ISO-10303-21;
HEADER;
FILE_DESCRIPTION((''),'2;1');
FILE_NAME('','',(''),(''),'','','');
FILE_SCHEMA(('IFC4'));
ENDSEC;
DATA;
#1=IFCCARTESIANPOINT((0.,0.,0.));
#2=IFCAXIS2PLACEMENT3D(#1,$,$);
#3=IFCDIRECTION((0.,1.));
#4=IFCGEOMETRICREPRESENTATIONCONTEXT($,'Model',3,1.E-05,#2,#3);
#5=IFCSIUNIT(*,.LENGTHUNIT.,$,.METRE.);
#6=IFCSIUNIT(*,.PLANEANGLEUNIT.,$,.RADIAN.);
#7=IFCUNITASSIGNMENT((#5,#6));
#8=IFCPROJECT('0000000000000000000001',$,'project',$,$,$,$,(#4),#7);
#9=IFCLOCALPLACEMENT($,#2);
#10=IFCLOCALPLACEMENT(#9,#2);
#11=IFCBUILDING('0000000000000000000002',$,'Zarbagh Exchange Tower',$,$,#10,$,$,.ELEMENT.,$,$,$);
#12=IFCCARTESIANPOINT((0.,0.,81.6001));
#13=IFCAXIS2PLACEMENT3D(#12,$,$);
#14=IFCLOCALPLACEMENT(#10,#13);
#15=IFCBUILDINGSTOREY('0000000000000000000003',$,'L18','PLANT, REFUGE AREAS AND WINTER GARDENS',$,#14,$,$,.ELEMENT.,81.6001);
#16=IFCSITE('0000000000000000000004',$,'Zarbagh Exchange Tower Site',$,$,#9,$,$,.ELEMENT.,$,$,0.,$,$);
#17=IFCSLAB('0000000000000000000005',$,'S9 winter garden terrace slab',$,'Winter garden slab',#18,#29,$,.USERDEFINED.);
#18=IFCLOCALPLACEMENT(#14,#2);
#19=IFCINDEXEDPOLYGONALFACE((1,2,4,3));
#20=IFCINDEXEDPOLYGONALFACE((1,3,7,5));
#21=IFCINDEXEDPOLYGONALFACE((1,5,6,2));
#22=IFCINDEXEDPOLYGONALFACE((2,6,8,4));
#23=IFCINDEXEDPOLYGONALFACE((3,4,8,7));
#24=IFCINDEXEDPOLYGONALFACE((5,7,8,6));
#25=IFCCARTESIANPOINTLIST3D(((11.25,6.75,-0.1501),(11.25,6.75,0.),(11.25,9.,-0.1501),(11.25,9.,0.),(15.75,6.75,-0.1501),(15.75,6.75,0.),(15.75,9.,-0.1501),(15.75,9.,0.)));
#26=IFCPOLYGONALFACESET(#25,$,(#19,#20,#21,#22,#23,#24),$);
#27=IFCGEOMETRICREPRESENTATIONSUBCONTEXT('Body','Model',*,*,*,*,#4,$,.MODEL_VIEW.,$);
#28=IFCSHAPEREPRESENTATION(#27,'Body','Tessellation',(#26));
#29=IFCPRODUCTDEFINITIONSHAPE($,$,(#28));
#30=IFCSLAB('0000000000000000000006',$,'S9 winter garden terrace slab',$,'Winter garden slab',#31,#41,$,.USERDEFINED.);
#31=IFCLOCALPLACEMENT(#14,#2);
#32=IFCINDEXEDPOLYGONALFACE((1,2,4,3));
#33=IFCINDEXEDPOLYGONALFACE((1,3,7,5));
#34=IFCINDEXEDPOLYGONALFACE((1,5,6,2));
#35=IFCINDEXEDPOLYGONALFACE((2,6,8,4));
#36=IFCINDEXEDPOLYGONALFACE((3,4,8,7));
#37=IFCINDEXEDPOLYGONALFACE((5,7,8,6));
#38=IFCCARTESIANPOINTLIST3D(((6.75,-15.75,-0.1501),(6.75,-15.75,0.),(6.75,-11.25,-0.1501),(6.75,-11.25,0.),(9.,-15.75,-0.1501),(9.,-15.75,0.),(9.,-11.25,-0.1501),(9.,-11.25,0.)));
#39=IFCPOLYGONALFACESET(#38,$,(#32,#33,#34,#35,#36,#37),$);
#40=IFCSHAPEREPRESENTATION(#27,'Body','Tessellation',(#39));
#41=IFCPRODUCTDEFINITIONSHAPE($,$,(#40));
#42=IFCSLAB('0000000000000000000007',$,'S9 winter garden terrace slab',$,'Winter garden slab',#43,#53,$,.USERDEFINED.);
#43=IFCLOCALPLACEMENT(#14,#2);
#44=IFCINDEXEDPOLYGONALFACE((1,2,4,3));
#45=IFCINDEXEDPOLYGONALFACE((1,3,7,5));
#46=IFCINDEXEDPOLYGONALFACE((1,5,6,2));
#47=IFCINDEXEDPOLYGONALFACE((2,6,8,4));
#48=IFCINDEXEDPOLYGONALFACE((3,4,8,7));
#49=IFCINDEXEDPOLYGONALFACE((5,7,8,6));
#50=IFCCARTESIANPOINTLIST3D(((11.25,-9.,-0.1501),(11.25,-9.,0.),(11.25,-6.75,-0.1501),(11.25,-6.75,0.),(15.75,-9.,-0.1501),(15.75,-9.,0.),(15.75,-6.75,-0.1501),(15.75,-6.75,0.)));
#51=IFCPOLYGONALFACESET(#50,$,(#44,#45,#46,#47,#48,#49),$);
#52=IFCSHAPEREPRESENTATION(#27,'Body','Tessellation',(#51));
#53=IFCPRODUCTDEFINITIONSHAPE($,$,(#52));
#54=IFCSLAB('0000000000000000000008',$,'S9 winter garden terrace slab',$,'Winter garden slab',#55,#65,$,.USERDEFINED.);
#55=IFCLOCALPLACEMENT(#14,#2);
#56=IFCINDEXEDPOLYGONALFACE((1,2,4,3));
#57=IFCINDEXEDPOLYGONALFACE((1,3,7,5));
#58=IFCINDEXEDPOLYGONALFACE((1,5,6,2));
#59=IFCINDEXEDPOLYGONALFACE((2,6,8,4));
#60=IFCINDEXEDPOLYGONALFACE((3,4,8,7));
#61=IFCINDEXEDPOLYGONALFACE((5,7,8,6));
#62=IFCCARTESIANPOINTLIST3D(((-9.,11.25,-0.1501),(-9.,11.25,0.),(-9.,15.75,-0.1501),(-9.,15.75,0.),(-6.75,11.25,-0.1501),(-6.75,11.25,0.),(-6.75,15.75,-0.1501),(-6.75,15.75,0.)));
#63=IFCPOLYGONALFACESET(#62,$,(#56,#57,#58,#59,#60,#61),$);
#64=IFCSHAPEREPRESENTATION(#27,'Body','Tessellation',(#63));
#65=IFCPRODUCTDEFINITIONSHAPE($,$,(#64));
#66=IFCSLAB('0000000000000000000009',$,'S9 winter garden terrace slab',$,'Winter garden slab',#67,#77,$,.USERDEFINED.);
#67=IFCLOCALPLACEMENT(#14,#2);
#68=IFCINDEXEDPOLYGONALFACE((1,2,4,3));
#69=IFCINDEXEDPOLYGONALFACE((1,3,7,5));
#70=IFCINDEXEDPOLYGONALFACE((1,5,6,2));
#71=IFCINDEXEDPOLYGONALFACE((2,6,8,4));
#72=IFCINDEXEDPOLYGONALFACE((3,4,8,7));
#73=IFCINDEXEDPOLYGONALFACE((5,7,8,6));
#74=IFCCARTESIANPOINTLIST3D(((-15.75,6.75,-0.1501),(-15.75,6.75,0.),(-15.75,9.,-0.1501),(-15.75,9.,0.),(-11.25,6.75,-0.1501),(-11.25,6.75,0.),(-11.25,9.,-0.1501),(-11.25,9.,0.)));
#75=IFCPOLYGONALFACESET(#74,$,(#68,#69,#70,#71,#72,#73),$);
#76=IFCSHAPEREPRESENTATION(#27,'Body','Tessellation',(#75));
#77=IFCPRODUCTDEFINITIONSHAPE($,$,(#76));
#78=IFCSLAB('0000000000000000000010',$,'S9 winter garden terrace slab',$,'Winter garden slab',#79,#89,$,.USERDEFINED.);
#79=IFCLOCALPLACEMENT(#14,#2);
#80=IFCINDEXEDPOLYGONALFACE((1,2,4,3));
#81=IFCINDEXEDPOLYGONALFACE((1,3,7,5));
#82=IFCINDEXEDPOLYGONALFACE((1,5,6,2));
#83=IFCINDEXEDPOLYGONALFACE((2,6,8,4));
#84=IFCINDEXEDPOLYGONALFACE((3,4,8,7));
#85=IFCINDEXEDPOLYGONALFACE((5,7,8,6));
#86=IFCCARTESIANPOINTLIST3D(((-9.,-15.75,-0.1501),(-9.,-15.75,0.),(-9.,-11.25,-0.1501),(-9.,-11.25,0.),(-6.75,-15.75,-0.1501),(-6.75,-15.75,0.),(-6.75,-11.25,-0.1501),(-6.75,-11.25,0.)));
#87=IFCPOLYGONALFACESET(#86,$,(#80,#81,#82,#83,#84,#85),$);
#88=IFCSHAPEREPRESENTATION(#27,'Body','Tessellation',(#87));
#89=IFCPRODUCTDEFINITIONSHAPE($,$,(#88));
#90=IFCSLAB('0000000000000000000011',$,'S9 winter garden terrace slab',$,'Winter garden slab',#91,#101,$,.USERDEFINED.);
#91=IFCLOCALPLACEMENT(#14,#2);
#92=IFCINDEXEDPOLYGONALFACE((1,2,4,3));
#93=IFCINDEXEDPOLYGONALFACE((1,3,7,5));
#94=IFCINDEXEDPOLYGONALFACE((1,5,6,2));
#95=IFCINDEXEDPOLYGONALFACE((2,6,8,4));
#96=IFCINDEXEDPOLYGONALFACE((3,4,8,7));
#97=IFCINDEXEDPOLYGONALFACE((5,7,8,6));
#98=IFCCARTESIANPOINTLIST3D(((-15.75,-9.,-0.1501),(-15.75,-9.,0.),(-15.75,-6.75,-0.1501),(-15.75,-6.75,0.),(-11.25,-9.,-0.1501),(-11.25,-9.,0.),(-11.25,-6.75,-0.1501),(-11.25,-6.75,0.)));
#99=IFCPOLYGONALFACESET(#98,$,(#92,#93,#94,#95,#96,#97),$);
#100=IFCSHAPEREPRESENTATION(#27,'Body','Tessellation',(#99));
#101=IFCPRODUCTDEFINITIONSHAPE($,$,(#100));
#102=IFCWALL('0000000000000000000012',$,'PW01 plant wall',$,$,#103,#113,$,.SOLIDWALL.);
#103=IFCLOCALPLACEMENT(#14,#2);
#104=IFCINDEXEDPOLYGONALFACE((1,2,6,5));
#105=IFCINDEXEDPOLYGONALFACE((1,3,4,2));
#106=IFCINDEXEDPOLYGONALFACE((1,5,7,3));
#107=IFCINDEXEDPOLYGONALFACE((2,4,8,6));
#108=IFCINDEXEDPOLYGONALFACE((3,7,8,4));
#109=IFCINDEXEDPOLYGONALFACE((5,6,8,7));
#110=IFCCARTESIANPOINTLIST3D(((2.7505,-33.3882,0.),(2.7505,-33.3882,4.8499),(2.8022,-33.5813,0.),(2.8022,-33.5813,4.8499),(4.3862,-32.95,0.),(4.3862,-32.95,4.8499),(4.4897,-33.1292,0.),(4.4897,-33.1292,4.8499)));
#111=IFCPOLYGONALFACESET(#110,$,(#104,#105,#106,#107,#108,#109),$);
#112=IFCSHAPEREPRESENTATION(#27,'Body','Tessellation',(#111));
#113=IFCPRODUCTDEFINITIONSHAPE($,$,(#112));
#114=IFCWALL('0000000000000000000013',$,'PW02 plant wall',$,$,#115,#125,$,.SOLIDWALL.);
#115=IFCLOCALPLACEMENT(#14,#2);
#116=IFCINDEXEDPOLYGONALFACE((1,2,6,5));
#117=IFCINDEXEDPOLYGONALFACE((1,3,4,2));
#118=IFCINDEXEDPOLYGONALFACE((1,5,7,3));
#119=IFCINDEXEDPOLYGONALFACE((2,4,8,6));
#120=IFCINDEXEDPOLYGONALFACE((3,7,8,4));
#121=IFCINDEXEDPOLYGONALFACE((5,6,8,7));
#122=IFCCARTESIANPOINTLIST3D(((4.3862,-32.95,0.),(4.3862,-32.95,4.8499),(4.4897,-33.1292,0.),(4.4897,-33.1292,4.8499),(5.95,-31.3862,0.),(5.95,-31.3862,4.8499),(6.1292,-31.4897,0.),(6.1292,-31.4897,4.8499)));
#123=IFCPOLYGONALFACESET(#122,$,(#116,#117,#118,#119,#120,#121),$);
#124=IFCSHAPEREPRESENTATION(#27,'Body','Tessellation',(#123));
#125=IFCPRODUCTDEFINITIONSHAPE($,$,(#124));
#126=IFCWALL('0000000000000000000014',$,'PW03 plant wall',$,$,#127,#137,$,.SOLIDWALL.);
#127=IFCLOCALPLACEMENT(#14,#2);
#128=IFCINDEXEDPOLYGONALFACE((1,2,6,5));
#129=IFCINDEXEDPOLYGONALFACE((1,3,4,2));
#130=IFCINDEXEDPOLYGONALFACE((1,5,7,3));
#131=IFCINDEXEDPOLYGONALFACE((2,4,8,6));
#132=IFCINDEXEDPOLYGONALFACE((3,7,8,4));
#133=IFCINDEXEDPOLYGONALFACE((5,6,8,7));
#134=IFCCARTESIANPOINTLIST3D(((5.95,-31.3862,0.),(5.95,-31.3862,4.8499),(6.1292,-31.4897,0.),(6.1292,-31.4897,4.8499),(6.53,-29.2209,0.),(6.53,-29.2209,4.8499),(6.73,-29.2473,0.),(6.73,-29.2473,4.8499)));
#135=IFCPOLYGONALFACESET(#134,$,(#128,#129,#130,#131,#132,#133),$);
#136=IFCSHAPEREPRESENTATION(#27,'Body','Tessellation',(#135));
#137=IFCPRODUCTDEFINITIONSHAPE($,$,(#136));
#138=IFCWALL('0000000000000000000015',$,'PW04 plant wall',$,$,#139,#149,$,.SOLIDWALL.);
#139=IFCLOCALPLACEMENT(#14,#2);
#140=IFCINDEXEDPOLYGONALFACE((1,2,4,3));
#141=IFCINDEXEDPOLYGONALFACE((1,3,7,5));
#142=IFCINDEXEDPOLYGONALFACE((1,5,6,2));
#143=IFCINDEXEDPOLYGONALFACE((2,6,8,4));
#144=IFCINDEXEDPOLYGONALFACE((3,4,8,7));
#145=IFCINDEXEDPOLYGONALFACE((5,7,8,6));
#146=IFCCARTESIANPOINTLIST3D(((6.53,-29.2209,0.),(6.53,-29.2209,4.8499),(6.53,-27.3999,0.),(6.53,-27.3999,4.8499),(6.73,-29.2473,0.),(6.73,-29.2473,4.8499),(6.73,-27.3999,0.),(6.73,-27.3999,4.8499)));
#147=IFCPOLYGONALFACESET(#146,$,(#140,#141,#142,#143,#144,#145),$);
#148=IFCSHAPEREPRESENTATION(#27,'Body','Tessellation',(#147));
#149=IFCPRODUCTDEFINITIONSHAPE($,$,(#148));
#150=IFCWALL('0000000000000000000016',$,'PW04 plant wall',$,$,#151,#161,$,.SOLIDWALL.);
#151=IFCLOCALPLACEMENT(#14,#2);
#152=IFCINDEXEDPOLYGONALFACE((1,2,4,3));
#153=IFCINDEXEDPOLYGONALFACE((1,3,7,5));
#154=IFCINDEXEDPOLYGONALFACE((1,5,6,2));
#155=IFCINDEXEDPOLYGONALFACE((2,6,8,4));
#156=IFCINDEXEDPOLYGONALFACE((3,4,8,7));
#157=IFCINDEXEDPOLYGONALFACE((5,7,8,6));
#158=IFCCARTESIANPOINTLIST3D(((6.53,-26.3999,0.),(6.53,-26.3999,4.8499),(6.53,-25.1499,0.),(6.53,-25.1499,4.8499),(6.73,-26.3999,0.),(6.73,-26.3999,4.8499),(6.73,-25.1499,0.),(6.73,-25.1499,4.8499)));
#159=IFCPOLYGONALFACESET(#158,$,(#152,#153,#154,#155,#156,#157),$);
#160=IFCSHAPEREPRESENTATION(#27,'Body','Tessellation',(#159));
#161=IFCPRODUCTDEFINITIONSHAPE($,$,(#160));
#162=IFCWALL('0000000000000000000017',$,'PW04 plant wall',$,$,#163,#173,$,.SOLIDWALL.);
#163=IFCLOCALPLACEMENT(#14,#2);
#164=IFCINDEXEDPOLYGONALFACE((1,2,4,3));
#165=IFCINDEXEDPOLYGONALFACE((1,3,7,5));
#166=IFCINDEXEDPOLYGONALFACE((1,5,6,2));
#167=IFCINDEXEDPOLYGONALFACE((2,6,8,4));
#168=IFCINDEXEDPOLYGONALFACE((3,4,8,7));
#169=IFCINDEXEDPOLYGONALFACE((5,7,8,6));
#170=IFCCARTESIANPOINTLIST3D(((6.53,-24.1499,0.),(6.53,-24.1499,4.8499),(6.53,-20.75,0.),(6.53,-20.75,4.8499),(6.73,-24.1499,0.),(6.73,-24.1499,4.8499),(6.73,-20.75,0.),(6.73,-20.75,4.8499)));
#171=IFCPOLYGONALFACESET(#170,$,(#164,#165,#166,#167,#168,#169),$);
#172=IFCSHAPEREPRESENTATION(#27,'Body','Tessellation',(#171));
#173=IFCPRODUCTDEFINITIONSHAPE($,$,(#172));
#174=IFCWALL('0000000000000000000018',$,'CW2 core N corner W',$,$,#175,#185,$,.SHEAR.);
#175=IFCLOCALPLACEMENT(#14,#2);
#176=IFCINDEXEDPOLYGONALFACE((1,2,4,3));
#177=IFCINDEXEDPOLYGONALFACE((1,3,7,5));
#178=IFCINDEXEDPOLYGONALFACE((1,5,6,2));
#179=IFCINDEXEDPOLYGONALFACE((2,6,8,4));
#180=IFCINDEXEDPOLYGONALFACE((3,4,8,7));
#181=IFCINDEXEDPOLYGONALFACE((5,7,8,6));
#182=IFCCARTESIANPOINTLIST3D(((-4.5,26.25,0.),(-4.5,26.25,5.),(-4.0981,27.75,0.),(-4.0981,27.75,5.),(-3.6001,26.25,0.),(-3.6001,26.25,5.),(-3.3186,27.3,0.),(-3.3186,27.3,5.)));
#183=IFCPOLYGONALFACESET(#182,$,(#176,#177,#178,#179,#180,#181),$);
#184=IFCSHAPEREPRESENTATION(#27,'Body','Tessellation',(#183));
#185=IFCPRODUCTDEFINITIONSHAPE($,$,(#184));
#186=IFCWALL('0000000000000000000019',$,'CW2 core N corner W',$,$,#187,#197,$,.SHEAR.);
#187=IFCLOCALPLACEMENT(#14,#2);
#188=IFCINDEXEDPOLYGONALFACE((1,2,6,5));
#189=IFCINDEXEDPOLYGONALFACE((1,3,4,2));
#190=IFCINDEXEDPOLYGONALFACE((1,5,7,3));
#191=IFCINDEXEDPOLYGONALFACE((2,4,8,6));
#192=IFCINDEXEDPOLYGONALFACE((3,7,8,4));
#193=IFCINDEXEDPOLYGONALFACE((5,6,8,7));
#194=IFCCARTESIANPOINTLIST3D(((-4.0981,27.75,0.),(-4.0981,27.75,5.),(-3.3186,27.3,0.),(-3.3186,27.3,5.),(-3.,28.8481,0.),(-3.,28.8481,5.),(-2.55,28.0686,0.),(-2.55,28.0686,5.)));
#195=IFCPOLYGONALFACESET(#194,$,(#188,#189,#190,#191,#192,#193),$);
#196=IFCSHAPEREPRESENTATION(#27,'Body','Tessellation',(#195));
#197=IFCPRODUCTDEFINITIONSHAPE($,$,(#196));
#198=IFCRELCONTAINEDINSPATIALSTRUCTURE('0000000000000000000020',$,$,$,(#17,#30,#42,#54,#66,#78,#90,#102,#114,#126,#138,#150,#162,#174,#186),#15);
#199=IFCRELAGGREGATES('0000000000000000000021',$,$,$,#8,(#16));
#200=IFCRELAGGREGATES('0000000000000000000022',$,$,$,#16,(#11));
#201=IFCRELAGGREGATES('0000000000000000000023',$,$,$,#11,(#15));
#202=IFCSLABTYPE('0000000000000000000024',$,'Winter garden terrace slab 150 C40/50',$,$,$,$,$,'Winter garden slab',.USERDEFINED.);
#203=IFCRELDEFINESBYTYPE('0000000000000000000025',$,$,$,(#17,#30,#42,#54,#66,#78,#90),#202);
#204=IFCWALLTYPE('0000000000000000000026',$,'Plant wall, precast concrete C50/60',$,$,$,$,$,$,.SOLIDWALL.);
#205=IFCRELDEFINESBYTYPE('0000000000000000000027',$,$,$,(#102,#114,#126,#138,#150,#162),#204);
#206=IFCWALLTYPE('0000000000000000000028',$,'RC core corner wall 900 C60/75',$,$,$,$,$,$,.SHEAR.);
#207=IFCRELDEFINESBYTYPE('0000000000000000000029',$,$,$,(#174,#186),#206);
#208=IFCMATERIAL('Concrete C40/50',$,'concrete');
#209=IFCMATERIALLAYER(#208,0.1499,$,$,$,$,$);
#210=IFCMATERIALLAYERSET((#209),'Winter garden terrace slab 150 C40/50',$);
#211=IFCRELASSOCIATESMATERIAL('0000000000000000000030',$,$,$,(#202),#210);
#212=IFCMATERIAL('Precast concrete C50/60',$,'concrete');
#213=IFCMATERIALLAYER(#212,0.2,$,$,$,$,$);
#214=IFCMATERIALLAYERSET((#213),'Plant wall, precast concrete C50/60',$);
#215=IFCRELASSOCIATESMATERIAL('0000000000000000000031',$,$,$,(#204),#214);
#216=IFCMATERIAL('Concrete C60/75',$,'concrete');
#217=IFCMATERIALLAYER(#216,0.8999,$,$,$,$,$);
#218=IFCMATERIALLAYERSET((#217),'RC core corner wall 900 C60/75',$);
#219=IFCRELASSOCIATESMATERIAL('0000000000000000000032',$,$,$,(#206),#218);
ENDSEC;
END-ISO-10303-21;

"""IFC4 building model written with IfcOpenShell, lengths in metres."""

from ifc_helpers import new_model, si_unit, direction, frame, origin, place, context, subcontext, project, spatial, polyline, outline, extrude, material, layer, layer_set, type_object, element, save


model = new_model("IFC4")

# Units and contexts
model_context = context("Model", 3, precision=1e-05, world=origin(), true_north=direction((0.0, 1.0)))
body_context = subcontext(model_context, "Body", "Model", "MODEL_VIEW")
ifc_project = project(units=[si_unit("LENGTHUNIT", "METRE"), si_unit("PLANEANGLEUNIT", "RADIAN")], contexts=[model_context])

# Site, building, storey
site_placement = place(None, origin())
site = spatial("IfcSite", under=ifc_project, at=site_placement, Name="Zarbagh Exchange Tower Site", CompositionType="ELEMENT", RefElevation=0.0)
building_placement = place(site_placement, origin())
building = spatial("IfcBuilding", under=site, at=building_placement, Name="Zarbagh Exchange Tower", CompositionType="ELEMENT")
storey_placement = place(building_placement, frame((0.0, 0.0, 81.6001)))
storey = spatial("IfcBuildingStorey", under=building, at=storey_placement, Name="L18", Description="PLANT, REFUGE AREAS AND WINTER GARDENS", CompositionType="ELEMENT", Elevation=81.6001)

# Slabs
ifc_material_1 = material(Name="Concrete C40/50", Category="concrete")
ifc_layer_1 = layer(ifc_material_1, 0.1499)
ifc_layer_set_1 = layer_set([ifc_layer_1], Name="Winter garden terrace slab 150 C40/50")
slab_type_1 = type_object("IfcSlabType", Name="Winter garden terrace slab 150 C40/50", ElementType="Winter garden slab", PredefinedType="USERDEFINED", material=ifc_layer_set_1)
slab_1_placement = place(storey_placement, frame((0.0, 0.0, -0.1501)))
element("IfcSlab", 1, at=slab_1_placement, inside=storey, type_object=slab_type_1, Name="S9 winter garden terrace slab", ObjectType="Winter garden slab", PredefinedType="USERDEFINED", context=body_context, shape_type="SweptSolid", body=[
    extrude(outline(polyline([(15.75, 6.75), (15.75, 9.0), (11.25, 9.0), (11.25, 6.75), (15.75, 6.75)])), origin(), (0.0, 0.0, 1.0), 0.1501),
])
slab_2_placement = place(storey_placement, frame((0.0, 0.0, -0.1501)))
element("IfcSlab", 2, at=slab_2_placement, inside=storey, type_object=slab_type_1, Name="S9 winter garden terrace slab", ObjectType="Winter garden slab", PredefinedType="USERDEFINED", context=body_context, shape_type="SweptSolid", body=[
    extrude(outline(polyline([(9.0, -15.75), (9.0, -11.25), (6.75, -11.25), (6.75, -15.75), (9.0, -15.75)])), origin(), (0.0, 0.0, 1.0), 0.1501),
])
slab_3_placement = place(storey_placement, frame((0.0, 0.0, -0.1501)))
element("IfcSlab", 3, at=slab_3_placement, inside=storey, type_object=slab_type_1, Name="S9 winter garden terrace slab", ObjectType="Winter garden slab", PredefinedType="USERDEFINED", context=body_context, shape_type="SweptSolid", body=[
    extrude(outline(polyline([(15.75, -9.0), (15.75, -6.75), (11.25, -6.75), (11.25, -9.0), (15.75, -9.0)])), origin(), (0.0, 0.0, 1.0), 0.1501),
])
slab_4_placement = place(storey_placement, frame((0.0, 0.0, -0.1501)))
element("IfcSlab", 4, at=slab_4_placement, inside=storey, type_object=slab_type_1, Name="S9 winter garden terrace slab", ObjectType="Winter garden slab", PredefinedType="USERDEFINED", context=body_context, shape_type="SweptSolid", body=[
    extrude(outline(polyline([(-6.75, 11.25), (-6.75, 15.75), (-9.0, 15.75), (-9.0, 11.25), (-6.75, 11.25)])), origin(), (0.0, 0.0, 1.0), 0.1501),
])
slab_5_placement = place(storey_placement, frame((0.0, 0.0, -0.1501)))
element("IfcSlab", 5, at=slab_5_placement, inside=storey, type_object=slab_type_1, Name="S9 winter garden terrace slab", ObjectType="Winter garden slab", PredefinedType="USERDEFINED", context=body_context, shape_type="SweptSolid", body=[
    extrude(outline(polyline([(-11.25, 6.75), (-11.25, 9.0), (-15.75, 9.0), (-15.75, 6.75), (-11.25, 6.75)])), origin(), (0.0, 0.0, 1.0), 0.1501),
])
slab_6_placement = place(storey_placement, frame((0.0, 0.0, -0.1501)))
element("IfcSlab", 6, at=slab_6_placement, inside=storey, type_object=slab_type_1, Name="S9 winter garden terrace slab", ObjectType="Winter garden slab", PredefinedType="USERDEFINED", context=body_context, shape_type="SweptSolid", body=[
    extrude(outline(polyline([(-6.75, -15.75), (-6.75, -11.25), (-9.0, -11.25), (-9.0, -15.75), (-6.75, -15.75)])), origin(), (0.0, 0.0, 1.0), 0.1501),
])
slab_7_placement = place(storey_placement, frame((0.0, 0.0, -0.1501)))
element("IfcSlab", 7, at=slab_7_placement, inside=storey, type_object=slab_type_1, Name="S9 winter garden terrace slab", ObjectType="Winter garden slab", PredefinedType="USERDEFINED", context=body_context, shape_type="SweptSolid", body=[
    extrude(outline(polyline([(-11.25, -9.0), (-11.25, -6.75), (-15.75, -6.75), (-15.75, -9.0), (-11.25, -9.0)])), origin(), (0.0, 0.0, 1.0), 0.1501),
])

# Walls
ifc_material_2 = material(Name="Precast concrete C50/60", Category="concrete")
ifc_layer_2 = layer(ifc_material_2, 0.2)
ifc_layer_set_2 = layer_set([ifc_layer_2], Name="Plant wall, precast concrete C50/60")
wall_type_1 = type_object("IfcWallType", Name="Plant wall, precast concrete C50/60", PredefinedType="SOLIDWALL", material=ifc_layer_set_2)
wall_1_placement = place(storey_placement, origin())
element("IfcWall", 8, at=wall_1_placement, inside=storey, type_object=wall_type_1, Name="PW01 plant wall", PredefinedType="SOLIDWALL", context=body_context, shape_type="SweptSolid", body=[
    extrude(outline(polyline([(2.8022, -33.5813), (4.4897, -33.1292), (4.3862, -32.95), (2.7505, -33.3882), (2.8022, -33.5813)])), origin(), (0.0, 0.0, 1.0), 4.8499),
])
wall_2_placement = place(storey_placement, origin())
element("IfcWall", 9, at=wall_2_placement, inside=storey, type_object=wall_type_1, Name="PW02 plant wall", PredefinedType="SOLIDWALL", context=body_context, shape_type="SweptSolid", body=[
    extrude(outline(polyline([(4.4897, -33.1292), (6.1292, -31.4897), (5.95, -31.3862), (4.3862, -32.95), (4.4897, -33.1292)])), origin(), (0.0, 0.0, 1.0), 4.8499),
])
wall_3_placement = place(storey_placement, origin())
element("IfcWall", 10, at=wall_3_placement, inside=storey, type_object=wall_type_1, Name="PW03 plant wall", PredefinedType="SOLIDWALL", context=body_context, shape_type="SweptSolid", body=[
    extrude(outline(polyline([(6.1292, -31.4897), (6.73, -29.2473), (6.53, -29.2209), (5.95, -31.3862), (6.1292, -31.4897)])), origin(), (0.0, 0.0, 1.0), 4.8499),
])
wall_4_placement = place(storey_placement, origin())
element("IfcWall", 11, at=wall_4_placement, inside=storey, type_object=wall_type_1, Name="PW04 plant wall", PredefinedType="SOLIDWALL", context=body_context, shape_type="SweptSolid", body=[
    extrude(outline(polyline([(6.73, -29.2473), (6.73, -27.3999), (6.53, -27.3999), (6.53, -29.2209), (6.73, -29.2473)])), origin(), (0.0, 0.0, 1.0), 4.8499),
])
wall_5_placement = place(storey_placement, origin())
element("IfcWall", 12, at=wall_5_placement, inside=storey, type_object=wall_type_1, Name="PW04 plant wall", PredefinedType="SOLIDWALL", context=body_context, shape_type="SweptSolid", body=[
    extrude(outline(polyline([(6.73, -26.3999), (6.73, -25.1499), (6.53, -25.1499), (6.53, -26.3999), (6.73, -26.3999)])), origin(), (0.0, 0.0, 1.0), 4.8499),
])
wall_6_placement = place(storey_placement, origin())
element("IfcWall", 13, at=wall_6_placement, inside=storey, type_object=wall_type_1, Name="PW04 plant wall", PredefinedType="SOLIDWALL", context=body_context, shape_type="SweptSolid", body=[
    extrude(outline(polyline([(6.73, -24.1499), (6.73, -20.75), (6.53, -20.75), (6.53, -24.1499), (6.73, -24.1499)])), origin(), (0.0, 0.0, 1.0), 4.8499),
])
ifc_material_3 = material(Name="Concrete C60/75", Category="concrete")
ifc_layer_3 = layer(ifc_material_3, 0.8999)
ifc_layer_set_3 = layer_set([ifc_layer_3], Name="RC core corner wall 900 C60/75")
wall_type_2 = type_object("IfcWallType", Name="RC core corner wall 900 C60/75", PredefinedType="SHEAR", material=ifc_layer_set_3)
wall_7_placement = place(storey_placement, origin())
element("IfcWall", 14, at=wall_7_placement, inside=storey, type_object=wall_type_2, Name="CW2 core N corner W", PredefinedType="SHEAR", context=body_context, shape_type="SweptSolid", body=[
    extrude(outline(polyline([(-4.5, 26.25), (-4.0981, 27.75), (-3.3186, 27.3), (-3.6001, 26.25), (-4.5, 26.25)])), origin(), (0.0, 0.0, 1.0), 5.0),
])
wall_8_placement = place(storey_placement, origin())
element("IfcWall", 15, at=wall_8_placement, inside=storey, type_object=wall_type_2, Name="CW2 core N corner W", PredefinedType="SHEAR", context=body_context, shape_type="SweptSolid", body=[
    extrude(outline(polyline([(-4.0981, 27.75), (-3.0, 28.8481), (-2.55, 28.0686), (-3.3186, 27.3), (-4.0981, 27.75)])), origin(), (0.0, 0.0, 1.0), 5.0),
])

save(model, "model.ifc")
